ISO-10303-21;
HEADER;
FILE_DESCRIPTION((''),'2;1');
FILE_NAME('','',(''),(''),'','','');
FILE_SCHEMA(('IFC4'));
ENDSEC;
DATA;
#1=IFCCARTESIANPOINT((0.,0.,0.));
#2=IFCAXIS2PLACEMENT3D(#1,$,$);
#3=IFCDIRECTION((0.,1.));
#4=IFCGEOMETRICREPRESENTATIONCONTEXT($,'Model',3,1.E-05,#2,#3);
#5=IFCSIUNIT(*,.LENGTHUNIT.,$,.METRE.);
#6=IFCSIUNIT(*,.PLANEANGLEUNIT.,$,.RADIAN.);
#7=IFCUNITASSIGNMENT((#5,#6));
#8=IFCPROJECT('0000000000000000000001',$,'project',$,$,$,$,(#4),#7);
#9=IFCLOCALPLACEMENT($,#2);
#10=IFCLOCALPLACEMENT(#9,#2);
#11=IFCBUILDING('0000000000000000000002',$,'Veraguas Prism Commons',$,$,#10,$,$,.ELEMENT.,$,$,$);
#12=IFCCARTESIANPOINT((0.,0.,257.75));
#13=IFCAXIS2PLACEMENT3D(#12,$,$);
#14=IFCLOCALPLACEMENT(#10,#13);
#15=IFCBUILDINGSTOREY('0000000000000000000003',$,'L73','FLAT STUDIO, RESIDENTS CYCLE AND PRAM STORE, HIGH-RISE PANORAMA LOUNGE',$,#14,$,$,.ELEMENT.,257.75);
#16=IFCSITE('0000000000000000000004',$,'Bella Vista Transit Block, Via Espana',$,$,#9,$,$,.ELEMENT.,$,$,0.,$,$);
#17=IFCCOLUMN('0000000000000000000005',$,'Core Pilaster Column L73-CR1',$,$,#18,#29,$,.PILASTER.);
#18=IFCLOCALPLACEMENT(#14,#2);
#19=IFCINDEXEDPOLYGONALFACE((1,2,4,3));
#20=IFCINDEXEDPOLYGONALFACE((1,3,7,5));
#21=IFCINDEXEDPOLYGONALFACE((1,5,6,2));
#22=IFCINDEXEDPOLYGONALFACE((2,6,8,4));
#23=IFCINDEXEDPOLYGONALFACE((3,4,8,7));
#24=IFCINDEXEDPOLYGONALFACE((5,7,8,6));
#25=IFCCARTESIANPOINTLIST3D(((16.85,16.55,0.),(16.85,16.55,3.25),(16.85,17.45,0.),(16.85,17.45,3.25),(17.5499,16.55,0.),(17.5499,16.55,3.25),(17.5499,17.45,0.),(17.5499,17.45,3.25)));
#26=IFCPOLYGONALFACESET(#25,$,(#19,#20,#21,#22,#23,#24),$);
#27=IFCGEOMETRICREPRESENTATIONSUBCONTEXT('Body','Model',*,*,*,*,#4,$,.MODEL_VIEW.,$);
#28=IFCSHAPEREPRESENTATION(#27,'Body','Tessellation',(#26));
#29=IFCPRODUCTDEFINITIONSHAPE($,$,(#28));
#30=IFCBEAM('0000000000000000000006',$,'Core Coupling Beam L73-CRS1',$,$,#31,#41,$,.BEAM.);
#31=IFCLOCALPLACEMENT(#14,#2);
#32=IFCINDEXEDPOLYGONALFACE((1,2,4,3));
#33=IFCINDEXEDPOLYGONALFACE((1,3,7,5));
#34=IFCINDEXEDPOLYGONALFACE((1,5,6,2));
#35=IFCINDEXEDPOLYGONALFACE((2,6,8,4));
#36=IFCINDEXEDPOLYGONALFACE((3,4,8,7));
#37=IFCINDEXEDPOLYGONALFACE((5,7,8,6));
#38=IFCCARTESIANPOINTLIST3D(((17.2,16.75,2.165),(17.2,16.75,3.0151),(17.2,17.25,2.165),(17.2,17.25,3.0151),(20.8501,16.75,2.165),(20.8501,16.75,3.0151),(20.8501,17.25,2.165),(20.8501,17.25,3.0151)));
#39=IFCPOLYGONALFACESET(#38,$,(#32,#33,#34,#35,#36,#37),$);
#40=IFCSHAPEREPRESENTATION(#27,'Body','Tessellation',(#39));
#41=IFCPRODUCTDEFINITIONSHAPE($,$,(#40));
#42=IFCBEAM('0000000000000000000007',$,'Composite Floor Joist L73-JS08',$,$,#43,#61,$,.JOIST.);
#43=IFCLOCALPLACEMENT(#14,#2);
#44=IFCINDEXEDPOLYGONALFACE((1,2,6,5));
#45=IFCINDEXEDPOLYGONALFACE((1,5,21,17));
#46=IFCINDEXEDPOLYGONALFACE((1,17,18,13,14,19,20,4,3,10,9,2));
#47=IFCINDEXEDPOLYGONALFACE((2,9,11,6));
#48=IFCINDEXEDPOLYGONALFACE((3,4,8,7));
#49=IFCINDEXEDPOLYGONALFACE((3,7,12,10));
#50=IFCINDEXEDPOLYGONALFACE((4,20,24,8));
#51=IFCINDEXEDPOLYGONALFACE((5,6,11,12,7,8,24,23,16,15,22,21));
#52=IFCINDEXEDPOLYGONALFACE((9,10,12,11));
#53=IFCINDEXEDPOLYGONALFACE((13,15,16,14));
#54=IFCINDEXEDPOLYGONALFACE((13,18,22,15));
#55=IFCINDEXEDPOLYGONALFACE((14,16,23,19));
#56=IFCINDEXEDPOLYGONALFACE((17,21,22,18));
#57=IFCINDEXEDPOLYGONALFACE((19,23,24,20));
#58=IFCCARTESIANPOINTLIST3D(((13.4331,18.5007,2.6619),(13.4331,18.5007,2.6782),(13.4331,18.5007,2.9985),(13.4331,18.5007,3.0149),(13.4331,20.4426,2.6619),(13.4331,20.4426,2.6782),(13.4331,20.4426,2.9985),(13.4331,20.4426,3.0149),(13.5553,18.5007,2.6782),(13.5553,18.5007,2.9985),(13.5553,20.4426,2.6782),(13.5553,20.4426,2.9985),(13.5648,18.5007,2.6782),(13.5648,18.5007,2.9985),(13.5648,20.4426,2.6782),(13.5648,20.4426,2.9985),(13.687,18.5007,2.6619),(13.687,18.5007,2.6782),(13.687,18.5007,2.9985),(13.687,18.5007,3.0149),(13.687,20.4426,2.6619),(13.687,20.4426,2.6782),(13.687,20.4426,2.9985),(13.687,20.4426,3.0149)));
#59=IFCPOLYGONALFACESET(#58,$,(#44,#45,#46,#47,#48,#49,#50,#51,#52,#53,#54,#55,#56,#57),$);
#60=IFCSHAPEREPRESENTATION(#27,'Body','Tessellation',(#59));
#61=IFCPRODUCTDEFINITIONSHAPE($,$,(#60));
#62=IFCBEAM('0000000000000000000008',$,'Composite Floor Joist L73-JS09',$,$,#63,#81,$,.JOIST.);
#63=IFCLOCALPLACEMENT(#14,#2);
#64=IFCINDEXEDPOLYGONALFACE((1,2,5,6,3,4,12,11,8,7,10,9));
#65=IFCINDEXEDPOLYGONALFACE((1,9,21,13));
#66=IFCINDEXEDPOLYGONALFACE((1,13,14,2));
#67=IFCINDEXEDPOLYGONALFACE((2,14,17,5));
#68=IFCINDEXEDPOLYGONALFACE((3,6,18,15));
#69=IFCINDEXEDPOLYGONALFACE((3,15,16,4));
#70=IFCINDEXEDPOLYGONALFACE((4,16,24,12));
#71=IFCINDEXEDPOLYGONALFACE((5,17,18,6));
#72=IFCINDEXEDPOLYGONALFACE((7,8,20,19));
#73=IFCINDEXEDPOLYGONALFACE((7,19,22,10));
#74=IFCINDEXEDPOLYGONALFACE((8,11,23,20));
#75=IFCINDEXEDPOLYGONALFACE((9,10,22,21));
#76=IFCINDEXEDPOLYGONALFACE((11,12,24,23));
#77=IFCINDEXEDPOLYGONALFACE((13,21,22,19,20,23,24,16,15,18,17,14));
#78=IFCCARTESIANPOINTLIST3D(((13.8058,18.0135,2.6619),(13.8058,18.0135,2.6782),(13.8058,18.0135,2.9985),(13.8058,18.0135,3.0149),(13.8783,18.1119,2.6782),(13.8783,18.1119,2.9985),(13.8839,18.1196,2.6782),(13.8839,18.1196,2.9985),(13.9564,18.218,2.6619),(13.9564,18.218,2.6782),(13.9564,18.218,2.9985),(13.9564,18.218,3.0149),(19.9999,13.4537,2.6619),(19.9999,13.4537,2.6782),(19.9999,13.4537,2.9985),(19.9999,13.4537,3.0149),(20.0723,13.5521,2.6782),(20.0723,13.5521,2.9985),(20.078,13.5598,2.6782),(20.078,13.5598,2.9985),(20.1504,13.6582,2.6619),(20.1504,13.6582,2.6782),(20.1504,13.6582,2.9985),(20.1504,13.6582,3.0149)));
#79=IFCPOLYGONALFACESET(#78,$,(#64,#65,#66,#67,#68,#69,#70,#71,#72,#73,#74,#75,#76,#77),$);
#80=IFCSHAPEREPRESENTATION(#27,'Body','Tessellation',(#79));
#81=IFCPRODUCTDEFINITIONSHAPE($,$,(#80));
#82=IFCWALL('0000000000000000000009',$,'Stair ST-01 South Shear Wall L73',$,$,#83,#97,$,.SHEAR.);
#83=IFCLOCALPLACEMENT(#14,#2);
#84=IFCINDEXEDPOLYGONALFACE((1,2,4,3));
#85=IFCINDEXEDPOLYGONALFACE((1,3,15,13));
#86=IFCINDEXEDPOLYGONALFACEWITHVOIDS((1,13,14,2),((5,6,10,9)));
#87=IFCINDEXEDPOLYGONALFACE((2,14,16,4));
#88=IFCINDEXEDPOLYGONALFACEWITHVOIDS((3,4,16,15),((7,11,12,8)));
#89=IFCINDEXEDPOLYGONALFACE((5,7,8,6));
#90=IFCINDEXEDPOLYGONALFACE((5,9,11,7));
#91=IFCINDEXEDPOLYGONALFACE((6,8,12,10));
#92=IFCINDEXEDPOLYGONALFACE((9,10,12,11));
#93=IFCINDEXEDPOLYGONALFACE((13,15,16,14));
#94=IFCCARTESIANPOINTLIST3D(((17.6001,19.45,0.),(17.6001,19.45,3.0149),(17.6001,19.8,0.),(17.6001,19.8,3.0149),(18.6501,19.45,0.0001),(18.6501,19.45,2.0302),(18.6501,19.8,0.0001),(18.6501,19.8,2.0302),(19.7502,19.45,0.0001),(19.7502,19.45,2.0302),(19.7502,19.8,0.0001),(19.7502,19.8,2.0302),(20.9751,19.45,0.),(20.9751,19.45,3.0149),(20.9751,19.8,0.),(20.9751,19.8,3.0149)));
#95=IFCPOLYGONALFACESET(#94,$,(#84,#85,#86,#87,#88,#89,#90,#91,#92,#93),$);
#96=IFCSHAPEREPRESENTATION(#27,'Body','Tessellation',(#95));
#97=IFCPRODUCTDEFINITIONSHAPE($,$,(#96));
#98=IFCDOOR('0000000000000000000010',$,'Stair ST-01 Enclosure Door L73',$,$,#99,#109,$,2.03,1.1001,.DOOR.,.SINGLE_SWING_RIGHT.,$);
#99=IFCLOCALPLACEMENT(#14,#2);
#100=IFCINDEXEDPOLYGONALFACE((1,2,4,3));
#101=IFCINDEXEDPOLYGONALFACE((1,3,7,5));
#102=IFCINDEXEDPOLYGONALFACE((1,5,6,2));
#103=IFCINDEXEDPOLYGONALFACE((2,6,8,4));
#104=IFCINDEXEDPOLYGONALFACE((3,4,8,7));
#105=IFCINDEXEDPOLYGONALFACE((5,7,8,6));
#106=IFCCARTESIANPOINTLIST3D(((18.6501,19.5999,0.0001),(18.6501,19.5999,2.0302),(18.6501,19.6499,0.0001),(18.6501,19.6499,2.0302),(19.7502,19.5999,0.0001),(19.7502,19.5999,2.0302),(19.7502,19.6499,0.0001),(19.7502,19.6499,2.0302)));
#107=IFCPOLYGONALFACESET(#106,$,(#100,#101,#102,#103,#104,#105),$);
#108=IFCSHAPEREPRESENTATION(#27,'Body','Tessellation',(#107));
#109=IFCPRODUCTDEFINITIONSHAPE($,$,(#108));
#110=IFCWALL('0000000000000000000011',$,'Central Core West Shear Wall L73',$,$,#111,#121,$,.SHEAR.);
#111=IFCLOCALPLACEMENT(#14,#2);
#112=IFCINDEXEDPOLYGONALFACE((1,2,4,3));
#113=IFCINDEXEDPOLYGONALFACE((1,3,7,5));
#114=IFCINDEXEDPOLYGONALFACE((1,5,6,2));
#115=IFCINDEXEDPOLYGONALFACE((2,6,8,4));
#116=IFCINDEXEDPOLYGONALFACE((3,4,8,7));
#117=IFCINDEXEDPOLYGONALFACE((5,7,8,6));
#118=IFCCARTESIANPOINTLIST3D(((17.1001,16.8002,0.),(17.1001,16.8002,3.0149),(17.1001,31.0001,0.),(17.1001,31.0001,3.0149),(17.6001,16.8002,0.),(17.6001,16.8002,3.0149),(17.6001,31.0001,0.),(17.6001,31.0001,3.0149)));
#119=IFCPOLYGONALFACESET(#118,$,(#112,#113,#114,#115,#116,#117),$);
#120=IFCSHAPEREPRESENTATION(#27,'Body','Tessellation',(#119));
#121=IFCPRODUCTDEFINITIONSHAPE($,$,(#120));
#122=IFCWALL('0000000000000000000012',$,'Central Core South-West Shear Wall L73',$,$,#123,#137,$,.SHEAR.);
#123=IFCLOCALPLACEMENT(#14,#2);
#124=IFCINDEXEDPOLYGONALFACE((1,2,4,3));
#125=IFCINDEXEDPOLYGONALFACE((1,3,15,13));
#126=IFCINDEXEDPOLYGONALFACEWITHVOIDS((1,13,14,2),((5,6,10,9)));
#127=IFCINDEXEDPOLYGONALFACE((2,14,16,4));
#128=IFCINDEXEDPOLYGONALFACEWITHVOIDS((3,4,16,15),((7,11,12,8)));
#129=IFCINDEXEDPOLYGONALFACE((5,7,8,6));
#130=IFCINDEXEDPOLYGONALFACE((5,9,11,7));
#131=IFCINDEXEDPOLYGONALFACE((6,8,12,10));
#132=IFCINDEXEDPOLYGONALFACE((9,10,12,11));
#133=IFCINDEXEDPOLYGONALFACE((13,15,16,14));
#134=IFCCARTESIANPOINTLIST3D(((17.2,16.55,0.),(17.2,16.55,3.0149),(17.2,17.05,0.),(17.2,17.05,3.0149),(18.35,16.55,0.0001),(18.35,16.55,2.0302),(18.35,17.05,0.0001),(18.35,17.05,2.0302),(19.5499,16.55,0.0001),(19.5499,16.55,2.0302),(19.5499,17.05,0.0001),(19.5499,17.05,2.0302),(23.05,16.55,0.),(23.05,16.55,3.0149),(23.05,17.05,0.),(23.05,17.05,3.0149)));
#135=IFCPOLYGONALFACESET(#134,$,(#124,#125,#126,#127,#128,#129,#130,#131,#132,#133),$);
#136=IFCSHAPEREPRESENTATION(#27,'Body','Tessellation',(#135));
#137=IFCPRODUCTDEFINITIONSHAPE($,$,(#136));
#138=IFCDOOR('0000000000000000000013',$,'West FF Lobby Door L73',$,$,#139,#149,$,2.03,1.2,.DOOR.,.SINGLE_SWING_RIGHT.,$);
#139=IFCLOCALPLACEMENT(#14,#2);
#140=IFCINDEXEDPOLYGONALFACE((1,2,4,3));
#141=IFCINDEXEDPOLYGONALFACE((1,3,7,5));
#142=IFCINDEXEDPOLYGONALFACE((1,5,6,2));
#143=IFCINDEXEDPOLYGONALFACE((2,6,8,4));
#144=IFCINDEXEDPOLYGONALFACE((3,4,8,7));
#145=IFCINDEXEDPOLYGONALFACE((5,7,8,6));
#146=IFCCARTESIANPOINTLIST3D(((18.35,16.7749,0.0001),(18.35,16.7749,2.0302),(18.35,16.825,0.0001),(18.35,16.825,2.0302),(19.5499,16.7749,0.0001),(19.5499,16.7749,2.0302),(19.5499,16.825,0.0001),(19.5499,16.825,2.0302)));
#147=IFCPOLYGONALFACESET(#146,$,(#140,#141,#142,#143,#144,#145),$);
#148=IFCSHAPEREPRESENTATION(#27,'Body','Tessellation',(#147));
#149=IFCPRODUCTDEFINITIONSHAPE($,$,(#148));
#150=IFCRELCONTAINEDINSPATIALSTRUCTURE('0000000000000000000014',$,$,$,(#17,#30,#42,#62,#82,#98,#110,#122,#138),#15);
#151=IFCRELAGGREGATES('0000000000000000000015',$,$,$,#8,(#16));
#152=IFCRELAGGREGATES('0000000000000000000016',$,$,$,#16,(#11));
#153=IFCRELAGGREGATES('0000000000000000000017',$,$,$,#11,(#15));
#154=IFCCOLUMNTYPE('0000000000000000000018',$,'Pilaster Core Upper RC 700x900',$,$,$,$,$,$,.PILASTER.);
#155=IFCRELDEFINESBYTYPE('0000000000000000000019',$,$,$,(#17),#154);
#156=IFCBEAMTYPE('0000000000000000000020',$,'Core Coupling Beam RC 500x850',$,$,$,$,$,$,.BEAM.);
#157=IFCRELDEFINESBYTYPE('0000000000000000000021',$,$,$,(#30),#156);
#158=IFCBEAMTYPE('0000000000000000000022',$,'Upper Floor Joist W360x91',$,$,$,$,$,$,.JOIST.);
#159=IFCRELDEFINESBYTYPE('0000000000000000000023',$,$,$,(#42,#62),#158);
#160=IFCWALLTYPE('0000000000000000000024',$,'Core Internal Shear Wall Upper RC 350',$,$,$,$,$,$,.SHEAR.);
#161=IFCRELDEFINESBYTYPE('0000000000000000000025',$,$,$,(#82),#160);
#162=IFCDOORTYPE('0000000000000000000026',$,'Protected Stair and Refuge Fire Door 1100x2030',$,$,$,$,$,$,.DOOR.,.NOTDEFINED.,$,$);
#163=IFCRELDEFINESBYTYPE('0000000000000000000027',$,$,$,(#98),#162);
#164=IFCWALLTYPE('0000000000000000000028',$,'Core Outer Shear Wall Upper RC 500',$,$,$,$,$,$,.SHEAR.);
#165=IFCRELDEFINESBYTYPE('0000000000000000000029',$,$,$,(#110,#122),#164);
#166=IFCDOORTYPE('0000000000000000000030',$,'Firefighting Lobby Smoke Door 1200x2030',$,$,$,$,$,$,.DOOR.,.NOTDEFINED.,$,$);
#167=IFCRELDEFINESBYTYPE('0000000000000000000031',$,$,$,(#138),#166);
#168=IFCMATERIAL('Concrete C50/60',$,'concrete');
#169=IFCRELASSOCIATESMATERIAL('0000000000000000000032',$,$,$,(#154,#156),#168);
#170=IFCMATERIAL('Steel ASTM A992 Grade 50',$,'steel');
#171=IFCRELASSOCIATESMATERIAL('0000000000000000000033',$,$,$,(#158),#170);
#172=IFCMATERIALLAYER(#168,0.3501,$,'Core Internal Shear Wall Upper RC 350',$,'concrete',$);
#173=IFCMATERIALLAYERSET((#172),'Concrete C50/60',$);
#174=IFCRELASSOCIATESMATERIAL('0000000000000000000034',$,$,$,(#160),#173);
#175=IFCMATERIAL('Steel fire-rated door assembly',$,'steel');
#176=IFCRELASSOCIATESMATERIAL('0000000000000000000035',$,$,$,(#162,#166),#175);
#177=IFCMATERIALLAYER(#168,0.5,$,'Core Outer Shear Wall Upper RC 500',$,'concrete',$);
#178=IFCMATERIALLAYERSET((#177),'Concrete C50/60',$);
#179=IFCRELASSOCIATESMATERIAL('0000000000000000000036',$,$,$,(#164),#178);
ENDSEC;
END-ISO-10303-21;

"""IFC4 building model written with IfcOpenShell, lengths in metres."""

from ifc_helpers import new_model, si_unit, direction, frame, frame_2d, origin, origin_2d, place, context, subcontext, project, spatial, rectangle, i_section, extrude, source, transform, mapped, material, layer, layer_set, material_profile, profile_set, type_object, element, fill, save


model = new_model("IFC4")

# Units and contexts
model_context = context("Model", 3, precision=1e-05, world=origin(), true_north=direction((0.0, 1.0)))
body_context = subcontext(model_context, "Body", "Model", "MODEL_VIEW")
ifc_project = project(units=[si_unit("LENGTHUNIT", "METRE"), si_unit("PLANEANGLEUNIT", "RADIAN")], contexts=[model_context])

# Site, building, storey
site_placement = place(None, origin())
site = spatial("IfcSite", under=ifc_project, at=site_placement, Name="Bella Vista Transit Block, Via Espana", CompositionType="ELEMENT", RefElevation=0.0)
building_placement = place(site_placement, origin())
building = spatial("IfcBuilding", under=site, at=building_placement, Name="Veraguas Prism Commons", CompositionType="ELEMENT")
storey_placement = place(building_placement, frame((0.0, 0.0, 257.75)))
storey = spatial("IfcBuildingStorey", under=building, at=storey_placement, Name="L73", Description="FLAT STUDIO, RESIDENTS CYCLE AND PRAM STORE, HIGH-RISE PANORAMA LOUNGE", CompositionType="ELEMENT", Elevation=257.75)

# Column
ifc_material_1 = material(Name="Concrete C50/60", Category="concrete")
ifc_material_profile_1 = material_profile(ifc_material_1, rectangle(XDim=0.7, YDim=0.8999, at=origin_2d()), Name="RC700X900")
ifc_profile_set_1 = profile_set([ifc_material_profile_1], Name="Concrete C50/60")
column_type = type_object("IfcColumnType", Name="Pilaster Core Upper RC 700x900", PredefinedType="PILASTER", material=ifc_profile_set_1)
column_placement = place(storey_placement, frame((17.2, 17.0, 0.0), z_axis=(0.0, 0.0, 1.0), x_axis=(1.0, 0.0, 0.0)))
element("IfcColumn", 1, at=column_placement, inside=storey, type_object=column_type, Name="Core Pilaster Column L73-CR1", PredefinedType="PILASTER", context=body_context, shape_type="SweptSolid", body=[
    extrude(rectangle(XDim=0.7, YDim=0.8999, at=origin_2d()), origin(), (0.0, 0.0, 1.0), 3.25),
])

# Beams
ifc_material_profile_2 = material_profile(ifc_material_1, rectangle(XDim=0.5, YDim=0.8501, at=origin_2d()), Name="RC500X850")
ifc_profile_set_2 = profile_set([ifc_material_profile_2], Name="Concrete C50/60")
beam_type_1 = type_object("IfcBeamType", Name="Core Coupling Beam RC 500x850", PredefinedType="BEAM", material=ifc_profile_set_2)
beam_1_placement = place(storey_placement, frame((17.2, 17.0, 2.5901), z_axis=(1.0, 0.0, 0.0), x_axis=(0.0, 1.0, 0.0)))
element("IfcBeam", 2, at=beam_1_placement, inside=storey, type_object=beam_type_1, Name="Core Coupling Beam L73-CRS1", PredefinedType="BEAM", context=body_context, shape_type="SweptSolid", body=[
    extrude(rectangle(XDim=0.5, YDim=0.8501, at=origin_2d()), origin(), (0.0, 0.0, 1.0), 3.6501),
])
ifc_material_2 = material(Name="Steel ASTM A992 Grade 50", Category="steel")
ifc_material_profile_3 = material_profile(ifc_material_2, i_section(OverallWidth=0.2539, OverallDepth=0.353, WebThickness=0.0095, FlangeThickness=0.0164, at=origin_2d()), Name="W360X91")
ifc_profile_set_3 = profile_set([ifc_material_profile_3], Name="Steel ASTM A992 Grade 50")
beam_type_2 = type_object("IfcBeamType", Name="Upper Floor Joist W360x91", PredefinedType="JOIST", material=ifc_profile_set_3)
beam_2_placement = place(storey_placement, frame((13.5601, 20.4426, 2.8384), z_axis=(0.0, -1.0, 0.0), x_axis=(1.0, 0.0, 0.0)))
element("IfcBeam", 3, at=beam_2_placement, inside=storey, type_object=beam_type_2, Name="Composite Floor Joist L73-JS08", PredefinedType="JOIST", context=body_context, shape_type="SweptSolid", body=[
    extrude(i_section(OverallWidth=0.2539, OverallDepth=0.353, WebThickness=0.0095, FlangeThickness=0.0164, at=origin_2d()), origin(), (0.0, 0.0, 1.0), 1.9419),
])
beam_3_placement = place(storey_placement, frame((13.8811, 18.1157, 2.8384), z_axis=(0.80532, -0.592841, 0.0), x_axis=(0.592841, 0.80532, 0.0)))
element("IfcBeam", 4, at=beam_3_placement, inside=storey, type_object=beam_type_2, Name="Composite Floor Joist L73-JS09", PredefinedType="JOIST", context=body_context, shape_type="SweptSolid", body=[
    extrude(i_section(OverallWidth=0.2539, OverallDepth=0.353, WebThickness=0.0095, FlangeThickness=0.0164, at=origin_2d()), origin(), (0.0, 0.0, 1.0), 7.6914),
])

# Wall, opening, door
ifc_layer_1 = layer(ifc_material_1, 0.3501, Name="Core Internal Shear Wall Upper RC 350", Category="concrete")
ifc_layer_set_1 = layer_set([ifc_layer_1], Name="Concrete C50/60")
wall_type_1 = type_object("IfcWallType", Name="Core Internal Shear Wall Upper RC 350", PredefinedType="SHEAR", material=ifc_layer_set_1)
wall_1_placement = place(storey_placement, frame((17.6001, 19.625, 0.0), z_axis=(0.0, 0.0, 1.0), x_axis=(1.0, 0.0, 0.0)))
wall_1 = element("IfcWall", 5, at=wall_1_placement, inside=storey, type_object=wall_type_1, Name="Stair ST-01 South Shear Wall L73", PredefinedType="SHEAR", context=body_context, shape_type="SweptSolid", body=[
    extrude(rectangle(XDim=3.375, YDim=0.3501, at=frame_2d((1.6875, 0.0))), origin(), (0.0, 0.0, 1.0), 3.0149),
])
opening_1_placement = place(wall_1_placement, frame((1.05, 0.0, 0.0)))
opening_1 = element("IfcOpeningElement", 6, at=opening_1_placement, cuts=wall_1, PredefinedType="OPENING", context=body_context, shape_type="SweptSolid", body=[
    extrude(rectangle(XDim=1.1001, YDim=2.03, at=frame_2d((0.55, 1.0151))), frame((0.0, 0.1851, 0.0), z_axis=(0.0, -1.0, 0.0), x_axis=(1.0, 0.0, 0.0)), (0.0, 0.0, 1.0), 0.3701),
])
ifc_material_3 = material(Name="Steel fire-rated door assembly", Category="steel")
door_type_1 = type_object("IfcDoorType", Name="Protected Stair and Refuge Fire Door 1100x2030", OperationType="NOTDEFINED", PredefinedType="DOOR", material=ifc_material_3)
shared_shape_1 = source(origin(), body_context, "Body", "SweptSolid", [
    extrude(rectangle(XDim=1.1001, YDim=2.03, at=frame_2d((0.55, 1.0151))), frame((0.0, 0.0249, 0.0), z_axis=(0.0, -1.0, 0.0), x_axis=(1.0, 0.0, 0.0)), (0.0, 0.0, 1.0), 0.05),
])
door_1_placement = place(opening_1_placement, origin())
door_1 = element("IfcDoor", 7, at=door_1_placement, inside=storey, type_object=door_type_1, Name="Stair ST-01 Enclosure Door L73", OperationType="SINGLE_SWING_RIGHT", OverallHeight=2.03, OverallWidth=1.1001, PredefinedType="DOOR", context=body_context, shape_type="MappedRepresentation", body=[
    mapped(shared_shape_1, transform((0.0, 0.0, 0.0), scale=1.0)),
])
fill(opening_1, door_1)

# Wall
ifc_layer_2 = layer(ifc_material_1, 0.5, Name="Core Outer Shear Wall Upper RC 500", Category="concrete")
ifc_layer_set_2 = layer_set([ifc_layer_2], Name="Concrete C50/60")
wall_type_2 = type_object("IfcWallType", Name="Core Outer Shear Wall Upper RC 500", PredefinedType="SHEAR", material=ifc_layer_set_2)
wall_2_placement = place(storey_placement, frame((17.3501, 16.8, 0.0), z_axis=(0.0, 0.0, 1.0), x_axis=(0.0, 1.0, 0.0)))
element("IfcWall", 8, at=wall_2_placement, inside=storey, type_object=wall_type_2, Name="Central Core West Shear Wall L73", PredefinedType="SHEAR", context=body_context, shape_type="SweptSolid", body=[
    extrude(rectangle(XDim=14.2, YDim=0.5, at=frame_2d((7.1001, 0.0))), origin(), (0.0, 0.0, 1.0), 3.0149),
])

# Wall, opening, door
wall_3_placement = place(storey_placement, frame((17.2, 16.8, 0.0), z_axis=(0.0, 0.0, 1.0), x_axis=(1.0, 0.0, 0.0)))
wall_3 = element("IfcWall", 9, at=wall_3_placement, inside=storey, type_object=wall_type_2, Name="Central Core South-West Shear Wall L73", PredefinedType="SHEAR", context=body_context, shape_type="SweptSolid", body=[
    extrude(rectangle(XDim=5.8501, YDim=0.5, at=frame_2d((2.925, 0.0))), origin(), (0.0, 0.0, 1.0), 3.0149),
])
opening_2_placement = place(wall_3_placement, frame((1.1499, 0.0, 0.0)))
opening_2 = element("IfcOpeningElement", 10, at=opening_2_placement, cuts=wall_3, PredefinedType="OPENING", context=body_context, shape_type="SweptSolid", body=[
    extrude(rectangle(XDim=1.2, YDim=2.03, at=frame_2d((0.6001, 1.0151))), frame((0.0, 0.26, 0.0), z_axis=(0.0, -1.0, 0.0), x_axis=(1.0, 0.0, 0.0)), (0.0, 0.0, 1.0), 0.52),
])
door_type_2 = type_object("IfcDoorType", Name="Firefighting Lobby Smoke Door 1200x2030", OperationType="NOTDEFINED", PredefinedType="DOOR", material=ifc_material_3)
shared_shape_2 = source(origin(), body_context, "Body", "SweptSolid", [
    extrude(rectangle(XDim=1.2, YDim=2.03, at=frame_2d((0.6001, 1.0151))), frame((0.0, 0.0249, 0.0), z_axis=(0.0, -1.0, 0.0), x_axis=(1.0, 0.0, 0.0)), (0.0, 0.0, 1.0), 0.05),
])
door_2_placement = place(opening_2_placement, origin())
door_2 = element("IfcDoor", 11, at=door_2_placement, inside=storey, type_object=door_type_2, Name="West FF Lobby Door L73", OperationType="SINGLE_SWING_RIGHT", OverallHeight=2.03, OverallWidth=1.2, PredefinedType="DOOR", context=body_context, shape_type="MappedRepresentation", body=[
    mapped(shared_shape_2, transform((0.0, 0.0, 0.0), scale=1.0)),
])
fill(opening_2, door_2)

save(model, "model.ifc")
